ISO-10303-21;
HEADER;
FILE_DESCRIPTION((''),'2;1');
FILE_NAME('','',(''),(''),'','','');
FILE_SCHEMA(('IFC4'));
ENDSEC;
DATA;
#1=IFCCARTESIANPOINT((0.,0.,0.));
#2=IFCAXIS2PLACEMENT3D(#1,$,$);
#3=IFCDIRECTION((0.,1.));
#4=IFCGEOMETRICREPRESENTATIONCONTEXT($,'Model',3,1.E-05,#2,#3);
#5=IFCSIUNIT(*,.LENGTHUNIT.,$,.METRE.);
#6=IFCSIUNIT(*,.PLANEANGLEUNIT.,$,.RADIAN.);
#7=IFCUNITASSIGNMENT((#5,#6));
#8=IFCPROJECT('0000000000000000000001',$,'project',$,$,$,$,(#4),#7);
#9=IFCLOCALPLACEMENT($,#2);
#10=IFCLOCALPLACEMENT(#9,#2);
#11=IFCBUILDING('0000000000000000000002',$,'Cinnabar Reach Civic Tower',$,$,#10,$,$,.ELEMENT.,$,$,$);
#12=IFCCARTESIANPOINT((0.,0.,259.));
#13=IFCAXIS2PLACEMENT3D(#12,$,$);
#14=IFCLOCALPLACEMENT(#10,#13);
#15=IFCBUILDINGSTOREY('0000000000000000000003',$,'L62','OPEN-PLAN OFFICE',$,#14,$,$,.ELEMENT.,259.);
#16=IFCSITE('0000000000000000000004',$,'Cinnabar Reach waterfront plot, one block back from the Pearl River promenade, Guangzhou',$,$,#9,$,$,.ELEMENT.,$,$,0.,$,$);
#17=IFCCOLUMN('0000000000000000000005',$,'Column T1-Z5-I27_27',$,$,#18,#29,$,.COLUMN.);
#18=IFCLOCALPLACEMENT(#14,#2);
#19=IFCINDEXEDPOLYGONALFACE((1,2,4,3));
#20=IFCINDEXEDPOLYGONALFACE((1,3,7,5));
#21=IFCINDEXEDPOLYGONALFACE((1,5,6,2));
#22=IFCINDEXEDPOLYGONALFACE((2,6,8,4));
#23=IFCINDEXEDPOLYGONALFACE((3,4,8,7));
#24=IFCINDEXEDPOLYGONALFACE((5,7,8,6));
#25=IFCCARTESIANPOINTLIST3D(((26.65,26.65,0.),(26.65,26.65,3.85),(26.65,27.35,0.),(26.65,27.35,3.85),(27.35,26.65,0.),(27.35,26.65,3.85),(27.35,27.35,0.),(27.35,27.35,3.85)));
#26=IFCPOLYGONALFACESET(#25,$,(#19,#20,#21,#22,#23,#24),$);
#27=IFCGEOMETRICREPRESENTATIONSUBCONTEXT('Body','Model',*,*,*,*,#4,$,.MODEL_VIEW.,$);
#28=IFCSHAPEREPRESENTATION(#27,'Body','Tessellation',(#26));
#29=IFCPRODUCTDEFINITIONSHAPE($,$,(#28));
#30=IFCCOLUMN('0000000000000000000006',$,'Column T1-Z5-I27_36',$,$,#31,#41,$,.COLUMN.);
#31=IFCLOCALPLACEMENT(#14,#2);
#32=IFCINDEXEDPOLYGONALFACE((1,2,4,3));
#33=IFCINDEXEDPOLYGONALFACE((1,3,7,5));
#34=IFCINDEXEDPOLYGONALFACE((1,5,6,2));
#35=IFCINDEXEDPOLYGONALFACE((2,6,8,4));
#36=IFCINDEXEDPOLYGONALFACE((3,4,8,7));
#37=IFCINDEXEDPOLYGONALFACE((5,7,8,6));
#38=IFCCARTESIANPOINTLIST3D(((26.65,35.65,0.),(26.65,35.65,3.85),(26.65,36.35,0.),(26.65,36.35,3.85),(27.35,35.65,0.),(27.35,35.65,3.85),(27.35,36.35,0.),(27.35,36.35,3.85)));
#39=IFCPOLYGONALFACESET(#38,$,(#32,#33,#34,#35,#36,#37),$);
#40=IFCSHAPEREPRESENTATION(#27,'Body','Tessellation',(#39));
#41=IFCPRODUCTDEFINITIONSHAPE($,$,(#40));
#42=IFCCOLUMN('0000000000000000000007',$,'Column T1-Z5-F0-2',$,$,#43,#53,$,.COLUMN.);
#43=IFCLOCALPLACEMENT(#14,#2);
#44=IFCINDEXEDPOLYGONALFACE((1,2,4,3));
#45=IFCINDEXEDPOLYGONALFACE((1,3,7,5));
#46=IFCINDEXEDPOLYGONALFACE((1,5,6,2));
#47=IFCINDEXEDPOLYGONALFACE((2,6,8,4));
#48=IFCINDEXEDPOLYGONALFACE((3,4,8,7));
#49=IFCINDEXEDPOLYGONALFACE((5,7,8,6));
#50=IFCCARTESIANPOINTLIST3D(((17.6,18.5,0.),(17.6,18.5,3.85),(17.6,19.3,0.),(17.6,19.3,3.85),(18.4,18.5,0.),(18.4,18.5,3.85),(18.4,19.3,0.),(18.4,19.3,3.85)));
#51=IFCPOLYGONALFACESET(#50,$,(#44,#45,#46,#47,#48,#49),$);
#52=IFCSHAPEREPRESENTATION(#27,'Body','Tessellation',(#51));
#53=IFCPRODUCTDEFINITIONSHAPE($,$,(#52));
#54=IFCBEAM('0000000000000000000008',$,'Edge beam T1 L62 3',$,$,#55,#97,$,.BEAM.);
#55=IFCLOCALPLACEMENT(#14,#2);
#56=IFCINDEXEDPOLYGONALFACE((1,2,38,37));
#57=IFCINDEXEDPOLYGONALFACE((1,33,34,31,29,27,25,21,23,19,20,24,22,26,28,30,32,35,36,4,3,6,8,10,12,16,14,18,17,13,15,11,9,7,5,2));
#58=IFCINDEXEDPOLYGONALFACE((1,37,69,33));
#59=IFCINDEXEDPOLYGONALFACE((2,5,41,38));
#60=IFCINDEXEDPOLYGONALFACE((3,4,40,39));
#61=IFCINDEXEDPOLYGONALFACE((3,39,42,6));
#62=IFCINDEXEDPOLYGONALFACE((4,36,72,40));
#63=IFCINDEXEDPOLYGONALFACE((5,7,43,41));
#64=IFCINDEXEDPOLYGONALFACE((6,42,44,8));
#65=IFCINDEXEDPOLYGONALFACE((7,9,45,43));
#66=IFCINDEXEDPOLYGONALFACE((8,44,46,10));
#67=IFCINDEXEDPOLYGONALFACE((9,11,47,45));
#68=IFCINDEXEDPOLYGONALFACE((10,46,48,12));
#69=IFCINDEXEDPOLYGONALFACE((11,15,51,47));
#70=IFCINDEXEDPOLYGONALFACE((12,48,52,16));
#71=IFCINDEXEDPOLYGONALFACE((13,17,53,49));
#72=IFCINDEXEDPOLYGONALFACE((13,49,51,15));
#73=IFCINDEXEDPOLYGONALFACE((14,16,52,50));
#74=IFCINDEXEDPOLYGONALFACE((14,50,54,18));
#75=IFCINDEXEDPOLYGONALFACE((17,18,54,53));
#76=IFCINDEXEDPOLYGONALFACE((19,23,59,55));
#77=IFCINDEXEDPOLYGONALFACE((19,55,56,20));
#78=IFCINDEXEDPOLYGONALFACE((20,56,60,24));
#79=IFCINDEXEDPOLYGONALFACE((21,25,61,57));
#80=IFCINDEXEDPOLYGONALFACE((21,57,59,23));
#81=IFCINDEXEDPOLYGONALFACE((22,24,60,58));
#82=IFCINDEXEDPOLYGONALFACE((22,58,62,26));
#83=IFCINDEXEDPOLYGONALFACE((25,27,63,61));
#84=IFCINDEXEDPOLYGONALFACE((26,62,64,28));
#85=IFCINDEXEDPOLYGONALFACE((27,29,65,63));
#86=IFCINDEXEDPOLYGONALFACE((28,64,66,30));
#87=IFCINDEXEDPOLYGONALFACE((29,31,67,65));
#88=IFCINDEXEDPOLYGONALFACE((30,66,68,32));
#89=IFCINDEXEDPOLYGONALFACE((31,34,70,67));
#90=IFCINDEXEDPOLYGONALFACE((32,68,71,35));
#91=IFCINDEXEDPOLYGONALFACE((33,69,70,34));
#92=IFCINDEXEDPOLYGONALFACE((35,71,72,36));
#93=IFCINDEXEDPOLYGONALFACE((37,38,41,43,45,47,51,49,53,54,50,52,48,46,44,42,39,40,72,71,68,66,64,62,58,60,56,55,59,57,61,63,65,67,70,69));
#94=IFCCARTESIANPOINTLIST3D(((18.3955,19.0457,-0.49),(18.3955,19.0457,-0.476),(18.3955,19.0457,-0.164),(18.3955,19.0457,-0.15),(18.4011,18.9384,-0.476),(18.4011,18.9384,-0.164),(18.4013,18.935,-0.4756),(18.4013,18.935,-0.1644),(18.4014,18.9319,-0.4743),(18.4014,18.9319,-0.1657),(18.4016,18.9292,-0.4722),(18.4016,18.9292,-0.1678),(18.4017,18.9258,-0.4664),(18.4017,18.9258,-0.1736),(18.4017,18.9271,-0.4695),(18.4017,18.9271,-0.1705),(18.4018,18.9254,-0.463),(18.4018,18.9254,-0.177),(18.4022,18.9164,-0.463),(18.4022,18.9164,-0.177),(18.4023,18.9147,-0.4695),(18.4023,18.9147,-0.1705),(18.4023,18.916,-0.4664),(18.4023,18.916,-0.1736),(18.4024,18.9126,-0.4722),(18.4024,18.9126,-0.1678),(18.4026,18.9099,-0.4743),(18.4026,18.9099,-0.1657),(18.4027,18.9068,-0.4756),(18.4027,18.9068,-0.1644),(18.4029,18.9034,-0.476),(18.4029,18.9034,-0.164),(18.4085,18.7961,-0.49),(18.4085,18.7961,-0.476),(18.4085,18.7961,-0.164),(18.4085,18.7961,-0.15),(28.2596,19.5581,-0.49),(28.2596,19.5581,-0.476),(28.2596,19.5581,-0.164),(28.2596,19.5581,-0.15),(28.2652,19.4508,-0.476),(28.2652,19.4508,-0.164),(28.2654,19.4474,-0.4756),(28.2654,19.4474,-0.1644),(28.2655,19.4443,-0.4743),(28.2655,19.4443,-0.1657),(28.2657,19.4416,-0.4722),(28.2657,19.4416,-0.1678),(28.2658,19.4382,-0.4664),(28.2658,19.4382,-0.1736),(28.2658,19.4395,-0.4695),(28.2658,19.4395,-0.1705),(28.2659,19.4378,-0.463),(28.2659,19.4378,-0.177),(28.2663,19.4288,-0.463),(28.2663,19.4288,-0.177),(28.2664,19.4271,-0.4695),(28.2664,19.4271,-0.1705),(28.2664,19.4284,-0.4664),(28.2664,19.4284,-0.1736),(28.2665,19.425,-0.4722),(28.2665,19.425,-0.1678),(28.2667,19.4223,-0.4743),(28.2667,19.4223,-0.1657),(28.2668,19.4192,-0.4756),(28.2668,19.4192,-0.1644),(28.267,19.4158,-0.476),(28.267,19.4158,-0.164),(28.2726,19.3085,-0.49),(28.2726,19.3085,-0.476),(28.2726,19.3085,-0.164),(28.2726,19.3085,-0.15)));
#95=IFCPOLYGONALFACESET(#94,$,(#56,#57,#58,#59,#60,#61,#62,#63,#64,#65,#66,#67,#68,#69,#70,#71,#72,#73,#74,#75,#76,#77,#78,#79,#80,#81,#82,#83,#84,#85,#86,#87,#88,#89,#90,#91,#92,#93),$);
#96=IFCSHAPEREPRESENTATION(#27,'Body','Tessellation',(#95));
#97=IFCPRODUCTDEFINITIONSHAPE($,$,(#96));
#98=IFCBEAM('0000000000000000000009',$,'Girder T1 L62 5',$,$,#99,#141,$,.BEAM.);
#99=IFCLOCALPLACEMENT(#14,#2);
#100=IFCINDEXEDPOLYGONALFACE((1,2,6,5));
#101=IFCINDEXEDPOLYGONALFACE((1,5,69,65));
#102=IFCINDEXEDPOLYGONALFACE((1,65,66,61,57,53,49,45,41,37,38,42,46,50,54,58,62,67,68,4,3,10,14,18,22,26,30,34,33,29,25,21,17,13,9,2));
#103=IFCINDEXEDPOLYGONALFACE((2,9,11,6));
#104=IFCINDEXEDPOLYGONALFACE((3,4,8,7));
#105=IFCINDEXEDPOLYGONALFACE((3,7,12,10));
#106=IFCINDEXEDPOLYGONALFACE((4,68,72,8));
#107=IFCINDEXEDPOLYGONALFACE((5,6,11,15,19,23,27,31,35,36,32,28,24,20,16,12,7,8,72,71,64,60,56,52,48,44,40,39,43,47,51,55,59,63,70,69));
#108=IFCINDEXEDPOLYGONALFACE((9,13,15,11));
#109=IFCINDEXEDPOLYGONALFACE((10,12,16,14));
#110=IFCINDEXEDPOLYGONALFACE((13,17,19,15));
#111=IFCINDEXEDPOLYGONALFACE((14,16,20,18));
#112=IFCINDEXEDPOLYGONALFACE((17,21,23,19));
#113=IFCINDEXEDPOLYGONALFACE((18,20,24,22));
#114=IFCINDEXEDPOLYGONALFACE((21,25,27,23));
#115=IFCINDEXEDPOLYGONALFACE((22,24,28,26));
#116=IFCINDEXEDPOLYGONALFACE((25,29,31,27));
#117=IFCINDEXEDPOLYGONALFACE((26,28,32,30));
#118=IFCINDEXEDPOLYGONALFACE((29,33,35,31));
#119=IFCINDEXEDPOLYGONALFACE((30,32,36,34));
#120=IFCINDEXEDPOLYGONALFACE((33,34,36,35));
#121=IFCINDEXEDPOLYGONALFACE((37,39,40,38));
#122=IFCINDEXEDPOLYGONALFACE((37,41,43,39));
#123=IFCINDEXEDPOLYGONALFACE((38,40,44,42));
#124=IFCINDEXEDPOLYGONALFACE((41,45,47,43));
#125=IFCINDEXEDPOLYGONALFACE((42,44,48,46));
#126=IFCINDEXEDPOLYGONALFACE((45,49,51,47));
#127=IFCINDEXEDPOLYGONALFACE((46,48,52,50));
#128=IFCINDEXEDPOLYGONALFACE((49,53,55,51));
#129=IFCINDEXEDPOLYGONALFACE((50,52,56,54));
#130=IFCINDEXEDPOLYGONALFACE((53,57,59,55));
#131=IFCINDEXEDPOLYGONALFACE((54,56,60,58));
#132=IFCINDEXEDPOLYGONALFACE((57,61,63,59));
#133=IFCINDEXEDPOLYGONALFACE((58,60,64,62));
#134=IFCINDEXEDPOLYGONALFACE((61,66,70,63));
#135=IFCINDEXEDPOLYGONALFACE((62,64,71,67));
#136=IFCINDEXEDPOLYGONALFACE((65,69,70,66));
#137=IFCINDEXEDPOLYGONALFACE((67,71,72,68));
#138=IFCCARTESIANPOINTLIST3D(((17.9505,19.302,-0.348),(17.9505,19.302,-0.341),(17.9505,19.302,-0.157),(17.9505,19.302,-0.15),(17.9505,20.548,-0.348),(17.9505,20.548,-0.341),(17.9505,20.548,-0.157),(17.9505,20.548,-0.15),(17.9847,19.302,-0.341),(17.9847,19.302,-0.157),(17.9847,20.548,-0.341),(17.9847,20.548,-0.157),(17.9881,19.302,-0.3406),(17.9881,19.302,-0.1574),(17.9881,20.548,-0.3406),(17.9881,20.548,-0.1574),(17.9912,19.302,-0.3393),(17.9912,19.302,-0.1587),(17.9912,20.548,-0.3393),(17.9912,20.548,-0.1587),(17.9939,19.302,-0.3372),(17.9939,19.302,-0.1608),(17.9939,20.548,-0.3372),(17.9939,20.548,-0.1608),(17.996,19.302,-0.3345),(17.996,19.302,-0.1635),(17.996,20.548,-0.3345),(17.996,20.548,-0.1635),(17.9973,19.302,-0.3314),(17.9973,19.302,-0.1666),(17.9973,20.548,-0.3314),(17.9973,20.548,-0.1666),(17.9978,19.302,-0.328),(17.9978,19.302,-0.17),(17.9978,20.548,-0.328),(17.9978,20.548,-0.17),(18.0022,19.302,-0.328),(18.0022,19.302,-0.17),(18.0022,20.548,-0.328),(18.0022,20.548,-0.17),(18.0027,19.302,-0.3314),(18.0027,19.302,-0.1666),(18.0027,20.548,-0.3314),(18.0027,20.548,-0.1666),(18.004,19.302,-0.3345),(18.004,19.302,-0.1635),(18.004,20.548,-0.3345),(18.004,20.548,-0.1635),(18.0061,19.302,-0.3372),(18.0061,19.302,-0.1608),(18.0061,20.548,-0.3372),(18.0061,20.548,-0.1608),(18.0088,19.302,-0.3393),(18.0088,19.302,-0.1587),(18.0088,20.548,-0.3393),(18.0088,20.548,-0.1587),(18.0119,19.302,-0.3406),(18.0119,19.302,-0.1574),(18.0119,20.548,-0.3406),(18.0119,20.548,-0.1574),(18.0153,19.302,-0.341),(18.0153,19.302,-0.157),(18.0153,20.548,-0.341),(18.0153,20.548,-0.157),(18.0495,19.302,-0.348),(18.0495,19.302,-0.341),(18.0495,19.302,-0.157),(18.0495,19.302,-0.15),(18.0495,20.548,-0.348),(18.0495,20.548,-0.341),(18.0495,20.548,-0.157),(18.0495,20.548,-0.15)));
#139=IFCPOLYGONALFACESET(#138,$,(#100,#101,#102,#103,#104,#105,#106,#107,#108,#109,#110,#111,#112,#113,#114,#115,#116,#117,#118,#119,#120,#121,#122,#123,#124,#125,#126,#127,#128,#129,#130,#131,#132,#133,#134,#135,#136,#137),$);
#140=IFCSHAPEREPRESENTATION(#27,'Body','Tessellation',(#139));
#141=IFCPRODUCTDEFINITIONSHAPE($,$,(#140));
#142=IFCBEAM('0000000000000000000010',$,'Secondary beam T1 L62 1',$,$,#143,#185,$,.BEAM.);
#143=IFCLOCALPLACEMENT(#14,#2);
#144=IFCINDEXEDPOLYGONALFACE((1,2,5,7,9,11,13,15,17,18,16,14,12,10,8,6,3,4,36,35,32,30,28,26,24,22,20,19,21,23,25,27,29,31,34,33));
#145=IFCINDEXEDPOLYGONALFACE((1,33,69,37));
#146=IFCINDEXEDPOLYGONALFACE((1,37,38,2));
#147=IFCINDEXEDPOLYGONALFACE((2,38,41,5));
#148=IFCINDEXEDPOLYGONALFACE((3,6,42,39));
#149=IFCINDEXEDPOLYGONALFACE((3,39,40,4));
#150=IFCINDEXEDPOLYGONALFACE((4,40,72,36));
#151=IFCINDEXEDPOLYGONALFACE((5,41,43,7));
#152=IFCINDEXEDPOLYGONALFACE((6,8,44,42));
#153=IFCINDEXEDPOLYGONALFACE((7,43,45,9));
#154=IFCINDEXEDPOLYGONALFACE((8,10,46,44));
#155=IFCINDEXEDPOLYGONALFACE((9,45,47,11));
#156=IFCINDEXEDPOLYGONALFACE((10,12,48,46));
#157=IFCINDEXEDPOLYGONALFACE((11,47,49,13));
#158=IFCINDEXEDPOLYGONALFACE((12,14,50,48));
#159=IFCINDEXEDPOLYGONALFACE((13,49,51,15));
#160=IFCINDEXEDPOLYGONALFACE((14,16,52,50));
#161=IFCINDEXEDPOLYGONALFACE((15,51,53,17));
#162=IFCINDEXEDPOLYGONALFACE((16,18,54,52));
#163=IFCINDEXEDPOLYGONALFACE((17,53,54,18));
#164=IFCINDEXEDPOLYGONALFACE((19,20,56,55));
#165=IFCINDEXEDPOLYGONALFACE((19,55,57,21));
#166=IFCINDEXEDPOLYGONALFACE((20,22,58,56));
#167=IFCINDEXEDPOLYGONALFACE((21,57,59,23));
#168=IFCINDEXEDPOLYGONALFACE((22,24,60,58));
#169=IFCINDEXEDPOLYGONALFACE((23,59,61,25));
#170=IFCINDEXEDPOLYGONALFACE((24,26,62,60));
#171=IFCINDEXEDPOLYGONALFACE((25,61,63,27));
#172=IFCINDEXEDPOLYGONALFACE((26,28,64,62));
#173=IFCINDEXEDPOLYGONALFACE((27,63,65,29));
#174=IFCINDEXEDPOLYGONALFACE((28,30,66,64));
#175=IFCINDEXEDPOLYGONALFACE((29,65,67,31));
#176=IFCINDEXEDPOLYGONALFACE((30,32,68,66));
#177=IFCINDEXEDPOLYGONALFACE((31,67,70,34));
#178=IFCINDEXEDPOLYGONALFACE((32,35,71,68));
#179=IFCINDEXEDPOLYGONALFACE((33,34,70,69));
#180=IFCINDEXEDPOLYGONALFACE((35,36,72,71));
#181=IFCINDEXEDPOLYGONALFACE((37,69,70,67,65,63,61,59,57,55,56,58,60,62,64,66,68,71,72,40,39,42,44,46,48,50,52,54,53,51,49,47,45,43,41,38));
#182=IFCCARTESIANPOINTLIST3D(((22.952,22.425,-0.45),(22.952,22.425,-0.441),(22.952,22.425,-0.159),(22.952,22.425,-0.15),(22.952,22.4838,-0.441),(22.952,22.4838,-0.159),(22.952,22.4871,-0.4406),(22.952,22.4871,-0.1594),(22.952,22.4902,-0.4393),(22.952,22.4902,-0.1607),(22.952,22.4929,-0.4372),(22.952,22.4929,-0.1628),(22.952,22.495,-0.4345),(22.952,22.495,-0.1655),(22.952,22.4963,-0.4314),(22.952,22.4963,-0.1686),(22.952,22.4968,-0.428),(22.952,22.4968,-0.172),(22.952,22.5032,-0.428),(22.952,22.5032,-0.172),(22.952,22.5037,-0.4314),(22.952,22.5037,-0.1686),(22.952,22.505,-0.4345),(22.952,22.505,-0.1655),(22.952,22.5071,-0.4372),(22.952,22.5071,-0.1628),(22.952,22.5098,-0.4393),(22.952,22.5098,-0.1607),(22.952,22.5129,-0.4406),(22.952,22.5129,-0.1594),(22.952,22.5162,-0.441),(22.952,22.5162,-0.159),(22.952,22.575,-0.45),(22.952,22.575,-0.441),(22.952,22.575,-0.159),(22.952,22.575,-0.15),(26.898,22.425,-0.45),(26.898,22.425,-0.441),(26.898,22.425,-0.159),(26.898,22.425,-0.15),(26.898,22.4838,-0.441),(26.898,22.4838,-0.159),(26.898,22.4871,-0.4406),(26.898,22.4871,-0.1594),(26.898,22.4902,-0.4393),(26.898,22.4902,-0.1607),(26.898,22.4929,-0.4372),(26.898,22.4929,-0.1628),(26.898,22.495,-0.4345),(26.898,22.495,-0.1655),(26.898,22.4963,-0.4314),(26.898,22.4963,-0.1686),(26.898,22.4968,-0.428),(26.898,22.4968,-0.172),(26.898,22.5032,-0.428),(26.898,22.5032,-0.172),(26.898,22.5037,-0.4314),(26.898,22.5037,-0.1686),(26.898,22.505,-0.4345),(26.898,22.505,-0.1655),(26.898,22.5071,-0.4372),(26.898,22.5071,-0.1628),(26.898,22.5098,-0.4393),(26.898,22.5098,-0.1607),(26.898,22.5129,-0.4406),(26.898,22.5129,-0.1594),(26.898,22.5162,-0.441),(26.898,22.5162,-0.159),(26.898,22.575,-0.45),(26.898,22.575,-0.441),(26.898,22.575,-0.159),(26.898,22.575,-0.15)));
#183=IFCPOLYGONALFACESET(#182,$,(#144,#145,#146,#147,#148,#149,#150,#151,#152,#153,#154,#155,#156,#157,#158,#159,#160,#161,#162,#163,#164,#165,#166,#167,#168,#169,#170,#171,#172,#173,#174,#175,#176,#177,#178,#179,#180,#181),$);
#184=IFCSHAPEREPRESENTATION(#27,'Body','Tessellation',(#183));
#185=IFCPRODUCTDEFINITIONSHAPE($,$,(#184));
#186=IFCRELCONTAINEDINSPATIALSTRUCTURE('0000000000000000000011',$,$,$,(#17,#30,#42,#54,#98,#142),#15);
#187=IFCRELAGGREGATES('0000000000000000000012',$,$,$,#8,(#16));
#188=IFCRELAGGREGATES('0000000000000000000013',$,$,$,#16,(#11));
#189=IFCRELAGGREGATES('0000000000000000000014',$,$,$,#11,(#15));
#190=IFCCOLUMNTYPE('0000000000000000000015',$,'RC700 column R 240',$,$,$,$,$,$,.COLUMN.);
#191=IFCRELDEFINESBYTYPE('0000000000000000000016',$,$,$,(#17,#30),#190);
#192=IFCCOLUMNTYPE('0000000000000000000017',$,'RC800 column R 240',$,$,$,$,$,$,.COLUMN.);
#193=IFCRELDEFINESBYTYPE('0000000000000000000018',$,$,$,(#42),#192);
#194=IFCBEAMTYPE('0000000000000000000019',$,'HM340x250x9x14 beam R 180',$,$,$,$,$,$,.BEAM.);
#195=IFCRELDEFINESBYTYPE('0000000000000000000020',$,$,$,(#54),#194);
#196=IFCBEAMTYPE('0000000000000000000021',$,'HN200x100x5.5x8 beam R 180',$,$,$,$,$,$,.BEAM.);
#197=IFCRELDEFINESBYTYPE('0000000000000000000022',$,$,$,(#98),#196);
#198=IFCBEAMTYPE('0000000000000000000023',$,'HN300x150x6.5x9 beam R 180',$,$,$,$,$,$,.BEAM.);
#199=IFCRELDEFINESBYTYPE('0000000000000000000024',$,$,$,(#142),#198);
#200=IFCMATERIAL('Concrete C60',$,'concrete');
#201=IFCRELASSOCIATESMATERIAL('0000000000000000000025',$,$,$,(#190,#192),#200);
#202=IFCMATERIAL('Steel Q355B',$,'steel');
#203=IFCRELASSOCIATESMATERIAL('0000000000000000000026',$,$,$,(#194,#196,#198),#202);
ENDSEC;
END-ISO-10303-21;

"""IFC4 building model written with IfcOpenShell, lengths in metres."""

from ifc_helpers import new_model, si_unit, direction, frame, origin, origin_2d, place, context, subcontext, project, spatial, rectangle, i_section, extrude, material, material_profile, profile_set, type_object, element, save


model = new_model("IFC4")

# Units and contexts
model_context = context("Model", 3, precision=1e-05, world=origin(), true_north=direction((0.0, 1.0)))
body_context = subcontext(model_context, "Body", "Model", "MODEL_VIEW")
ifc_project = project(units=[si_unit("LENGTHUNIT", "METRE"), si_unit("PLANEANGLEUNIT", "RADIAN")], contexts=[model_context])

# Site, building, storey
site_placement = place(None, origin())
site = spatial("IfcSite", under=ifc_project, at=site_placement, Name="Cinnabar Reach waterfront plot, one block back from the Pearl River promenade, Guangzhou", CompositionType="ELEMENT", RefElevation=0.0)
building_placement = place(site_placement, origin())
building = spatial("IfcBuilding", under=site, at=building_placement, Name="Cinnabar Reach Civic Tower", CompositionType="ELEMENT")
storey_placement = place(building_placement, frame((0.0, 0.0, 259.0)))
storey = spatial("IfcBuildingStorey", under=building, at=storey_placement, Name="L62", Description="OPEN-PLAN OFFICE", CompositionType="ELEMENT", Elevation=259.0)

# Columns
ifc_material_1 = material(Name="Concrete C60", Category="concrete")
ifc_material_profile_1 = material_profile(ifc_material_1, rectangle(XDim=0.7, YDim=0.7, at=origin_2d()), Name="RC700")
ifc_profile_set_1 = profile_set([ifc_material_profile_1], Name="Concrete C60")
column_type_1 = type_object("IfcColumnType", Name="RC700 column R 240", PredefinedType="COLUMN", material=ifc_profile_set_1)
for number, where, z_axis, x_axis, name in (
    (1, (27.0, 27.0, 0.0), (0.0, 0.0, 1.0), (1.0, 0.0, 0.0), "Column T1-Z5-I27_27"),
    (2, (27.0, 36.0, 0.0), (0.0, 0.0, 1.0), (1.0, 0.0, 0.0), "Column T1-Z5-I27_36"),
):
    element("IfcColumn", number, at=place(storey_placement, frame(where, z_axis=z_axis, x_axis=x_axis)), inside=storey, type_object=column_type_1, Name=name, PredefinedType="COLUMN", context=body_context, shape_type="SweptSolid", body=[
        extrude(rectangle(XDim=0.7, YDim=0.7, at=origin_2d()), origin(), (0.0, 0.0, 1.0), 3.85),
    ])
ifc_material_profile_2 = material_profile(ifc_material_1, rectangle(XDim=0.8, YDim=0.8, at=origin_2d()), Name="RC800")
ifc_profile_set_2 = profile_set([ifc_material_profile_2], Name="Concrete C60")
column_type_2 = type_object("IfcColumnType", Name="RC800 column R 240", PredefinedType="COLUMN", material=ifc_profile_set_2)
column_placement = place(storey_placement, frame((18.0, 18.9, 0.0), z_axis=(0.0, 0.0, 1.0), x_axis=(1.0, 0.0, 0.0)))
element("IfcColumn", 3, at=column_placement, inside=storey, type_object=column_type_2, Name="Column T1-Z5-F0-2", PredefinedType="COLUMN", context=body_context, shape_type="SweptSolid", body=[
    extrude(rectangle(XDim=0.8, YDim=0.8, at=origin_2d()), origin(), (0.0, 0.0, 1.0), 3.85),
])

# Beams
ifc_material_2 = material(Name="Steel Q355B", Category="steel")
ifc_material_profile_3 = material_profile(ifc_material_2, i_section(OverallWidth=0.25, OverallDepth=0.34, WebThickness=0.009, FlangeThickness=0.014, FilletRadius=0.013, at=origin_2d()), Name="HM340x250x9x14")
ifc_profile_set_3 = profile_set([ifc_material_profile_3], Name="Steel Q355B")
beam_type_1 = type_object("IfcBeamType", Name="HM340x250x9x14 beam R 180", PredefinedType="BEAM", material=ifc_profile_set_3)
beam_1_placement = place(storey_placement, frame((18.402, 18.9209, -0.32), z_axis=(0.998654, 0.051876, 0.0), x_axis=(-0.051876, 0.998654, 0.0)))
element("IfcBeam", 4, at=beam_1_placement, inside=storey, type_object=beam_type_1, Name="Edge beam T1 L62 3", PredefinedType="BEAM", context=body_context, shape_type="SweptSolid", body=[
    extrude(i_section(OverallWidth=0.25, OverallDepth=0.34, WebThickness=0.009, FlangeThickness=0.014, FilletRadius=0.013, at=origin_2d()), origin(), (0.0, 0.0, 1.0), 9.8774),
])
ifc_material_profile_4 = material_profile(ifc_material_2, i_section(OverallWidth=0.099, OverallDepth=0.198, WebThickness=0.0045, FlangeThickness=0.007, FilletRadius=0.013, at=origin_2d()), Name="HN200x100x5.5x8")
ifc_profile_set_4 = profile_set([ifc_material_profile_4], Name="Steel Q355B")
beam_type_2 = type_object("IfcBeamType", Name="HN200x100x5.5x8 beam R 180", PredefinedType="BEAM", material=ifc_profile_set_4)
beam_2_placement = place(storey_placement, frame((18.0, 19.302, -0.249), z_axis=(0.0, 1.0, 0.0), x_axis=(-1.0, 0.0, 0.0)))
element("IfcBeam", 5, at=beam_2_placement, inside=storey, type_object=beam_type_2, Name="Girder T1 L62 5", PredefinedType="BEAM", context=body_context, shape_type="SweptSolid", body=[
    extrude(i_section(OverallWidth=0.099, OverallDepth=0.198, WebThickness=0.0045, FlangeThickness=0.007, FilletRadius=0.013, at=origin_2d()), origin(), (0.0, 0.0, 1.0), 1.246),
])
ifc_material_profile_5 = material_profile(ifc_material_2, i_section(OverallWidth=0.15, OverallDepth=0.3, WebThickness=0.0065, FlangeThickness=0.009, FilletRadius=0.013, at=origin_2d()), Name="HN300x150x6.5x9")
ifc_profile_set_5 = profile_set([ifc_material_profile_5], Name="Steel Q355B")
beam_type_3 = type_object("IfcBeamType", Name="HN300x150x6.5x9 beam R 180", PredefinedType="BEAM", material=ifc_profile_set_5)
for number, where, z_axis, x_axis, name in (
    (6, (22.952, 22.5, -0.3), (1.0, 0.0, 0.0), (0.0, 1.0, 0.0), "Secondary beam T1 L62 1"),
):
    element("IfcBeam", number, at=place(storey_placement, frame(where, z_axis=z_axis, x_axis=x_axis)), inside=storey, type_object=beam_type_3, Name=name, PredefinedType="BEAM", context=body_context, shape_type="SweptSolid", body=[
        extrude(i_section(OverallWidth=0.15, OverallDepth=0.3, WebThickness=0.0065, FlangeThickness=0.009, FilletRadius=0.013, at=origin_2d()), origin(), (0.0, 0.0, 1.0), 3.946),
    ])

save(model, "model.ifc")
